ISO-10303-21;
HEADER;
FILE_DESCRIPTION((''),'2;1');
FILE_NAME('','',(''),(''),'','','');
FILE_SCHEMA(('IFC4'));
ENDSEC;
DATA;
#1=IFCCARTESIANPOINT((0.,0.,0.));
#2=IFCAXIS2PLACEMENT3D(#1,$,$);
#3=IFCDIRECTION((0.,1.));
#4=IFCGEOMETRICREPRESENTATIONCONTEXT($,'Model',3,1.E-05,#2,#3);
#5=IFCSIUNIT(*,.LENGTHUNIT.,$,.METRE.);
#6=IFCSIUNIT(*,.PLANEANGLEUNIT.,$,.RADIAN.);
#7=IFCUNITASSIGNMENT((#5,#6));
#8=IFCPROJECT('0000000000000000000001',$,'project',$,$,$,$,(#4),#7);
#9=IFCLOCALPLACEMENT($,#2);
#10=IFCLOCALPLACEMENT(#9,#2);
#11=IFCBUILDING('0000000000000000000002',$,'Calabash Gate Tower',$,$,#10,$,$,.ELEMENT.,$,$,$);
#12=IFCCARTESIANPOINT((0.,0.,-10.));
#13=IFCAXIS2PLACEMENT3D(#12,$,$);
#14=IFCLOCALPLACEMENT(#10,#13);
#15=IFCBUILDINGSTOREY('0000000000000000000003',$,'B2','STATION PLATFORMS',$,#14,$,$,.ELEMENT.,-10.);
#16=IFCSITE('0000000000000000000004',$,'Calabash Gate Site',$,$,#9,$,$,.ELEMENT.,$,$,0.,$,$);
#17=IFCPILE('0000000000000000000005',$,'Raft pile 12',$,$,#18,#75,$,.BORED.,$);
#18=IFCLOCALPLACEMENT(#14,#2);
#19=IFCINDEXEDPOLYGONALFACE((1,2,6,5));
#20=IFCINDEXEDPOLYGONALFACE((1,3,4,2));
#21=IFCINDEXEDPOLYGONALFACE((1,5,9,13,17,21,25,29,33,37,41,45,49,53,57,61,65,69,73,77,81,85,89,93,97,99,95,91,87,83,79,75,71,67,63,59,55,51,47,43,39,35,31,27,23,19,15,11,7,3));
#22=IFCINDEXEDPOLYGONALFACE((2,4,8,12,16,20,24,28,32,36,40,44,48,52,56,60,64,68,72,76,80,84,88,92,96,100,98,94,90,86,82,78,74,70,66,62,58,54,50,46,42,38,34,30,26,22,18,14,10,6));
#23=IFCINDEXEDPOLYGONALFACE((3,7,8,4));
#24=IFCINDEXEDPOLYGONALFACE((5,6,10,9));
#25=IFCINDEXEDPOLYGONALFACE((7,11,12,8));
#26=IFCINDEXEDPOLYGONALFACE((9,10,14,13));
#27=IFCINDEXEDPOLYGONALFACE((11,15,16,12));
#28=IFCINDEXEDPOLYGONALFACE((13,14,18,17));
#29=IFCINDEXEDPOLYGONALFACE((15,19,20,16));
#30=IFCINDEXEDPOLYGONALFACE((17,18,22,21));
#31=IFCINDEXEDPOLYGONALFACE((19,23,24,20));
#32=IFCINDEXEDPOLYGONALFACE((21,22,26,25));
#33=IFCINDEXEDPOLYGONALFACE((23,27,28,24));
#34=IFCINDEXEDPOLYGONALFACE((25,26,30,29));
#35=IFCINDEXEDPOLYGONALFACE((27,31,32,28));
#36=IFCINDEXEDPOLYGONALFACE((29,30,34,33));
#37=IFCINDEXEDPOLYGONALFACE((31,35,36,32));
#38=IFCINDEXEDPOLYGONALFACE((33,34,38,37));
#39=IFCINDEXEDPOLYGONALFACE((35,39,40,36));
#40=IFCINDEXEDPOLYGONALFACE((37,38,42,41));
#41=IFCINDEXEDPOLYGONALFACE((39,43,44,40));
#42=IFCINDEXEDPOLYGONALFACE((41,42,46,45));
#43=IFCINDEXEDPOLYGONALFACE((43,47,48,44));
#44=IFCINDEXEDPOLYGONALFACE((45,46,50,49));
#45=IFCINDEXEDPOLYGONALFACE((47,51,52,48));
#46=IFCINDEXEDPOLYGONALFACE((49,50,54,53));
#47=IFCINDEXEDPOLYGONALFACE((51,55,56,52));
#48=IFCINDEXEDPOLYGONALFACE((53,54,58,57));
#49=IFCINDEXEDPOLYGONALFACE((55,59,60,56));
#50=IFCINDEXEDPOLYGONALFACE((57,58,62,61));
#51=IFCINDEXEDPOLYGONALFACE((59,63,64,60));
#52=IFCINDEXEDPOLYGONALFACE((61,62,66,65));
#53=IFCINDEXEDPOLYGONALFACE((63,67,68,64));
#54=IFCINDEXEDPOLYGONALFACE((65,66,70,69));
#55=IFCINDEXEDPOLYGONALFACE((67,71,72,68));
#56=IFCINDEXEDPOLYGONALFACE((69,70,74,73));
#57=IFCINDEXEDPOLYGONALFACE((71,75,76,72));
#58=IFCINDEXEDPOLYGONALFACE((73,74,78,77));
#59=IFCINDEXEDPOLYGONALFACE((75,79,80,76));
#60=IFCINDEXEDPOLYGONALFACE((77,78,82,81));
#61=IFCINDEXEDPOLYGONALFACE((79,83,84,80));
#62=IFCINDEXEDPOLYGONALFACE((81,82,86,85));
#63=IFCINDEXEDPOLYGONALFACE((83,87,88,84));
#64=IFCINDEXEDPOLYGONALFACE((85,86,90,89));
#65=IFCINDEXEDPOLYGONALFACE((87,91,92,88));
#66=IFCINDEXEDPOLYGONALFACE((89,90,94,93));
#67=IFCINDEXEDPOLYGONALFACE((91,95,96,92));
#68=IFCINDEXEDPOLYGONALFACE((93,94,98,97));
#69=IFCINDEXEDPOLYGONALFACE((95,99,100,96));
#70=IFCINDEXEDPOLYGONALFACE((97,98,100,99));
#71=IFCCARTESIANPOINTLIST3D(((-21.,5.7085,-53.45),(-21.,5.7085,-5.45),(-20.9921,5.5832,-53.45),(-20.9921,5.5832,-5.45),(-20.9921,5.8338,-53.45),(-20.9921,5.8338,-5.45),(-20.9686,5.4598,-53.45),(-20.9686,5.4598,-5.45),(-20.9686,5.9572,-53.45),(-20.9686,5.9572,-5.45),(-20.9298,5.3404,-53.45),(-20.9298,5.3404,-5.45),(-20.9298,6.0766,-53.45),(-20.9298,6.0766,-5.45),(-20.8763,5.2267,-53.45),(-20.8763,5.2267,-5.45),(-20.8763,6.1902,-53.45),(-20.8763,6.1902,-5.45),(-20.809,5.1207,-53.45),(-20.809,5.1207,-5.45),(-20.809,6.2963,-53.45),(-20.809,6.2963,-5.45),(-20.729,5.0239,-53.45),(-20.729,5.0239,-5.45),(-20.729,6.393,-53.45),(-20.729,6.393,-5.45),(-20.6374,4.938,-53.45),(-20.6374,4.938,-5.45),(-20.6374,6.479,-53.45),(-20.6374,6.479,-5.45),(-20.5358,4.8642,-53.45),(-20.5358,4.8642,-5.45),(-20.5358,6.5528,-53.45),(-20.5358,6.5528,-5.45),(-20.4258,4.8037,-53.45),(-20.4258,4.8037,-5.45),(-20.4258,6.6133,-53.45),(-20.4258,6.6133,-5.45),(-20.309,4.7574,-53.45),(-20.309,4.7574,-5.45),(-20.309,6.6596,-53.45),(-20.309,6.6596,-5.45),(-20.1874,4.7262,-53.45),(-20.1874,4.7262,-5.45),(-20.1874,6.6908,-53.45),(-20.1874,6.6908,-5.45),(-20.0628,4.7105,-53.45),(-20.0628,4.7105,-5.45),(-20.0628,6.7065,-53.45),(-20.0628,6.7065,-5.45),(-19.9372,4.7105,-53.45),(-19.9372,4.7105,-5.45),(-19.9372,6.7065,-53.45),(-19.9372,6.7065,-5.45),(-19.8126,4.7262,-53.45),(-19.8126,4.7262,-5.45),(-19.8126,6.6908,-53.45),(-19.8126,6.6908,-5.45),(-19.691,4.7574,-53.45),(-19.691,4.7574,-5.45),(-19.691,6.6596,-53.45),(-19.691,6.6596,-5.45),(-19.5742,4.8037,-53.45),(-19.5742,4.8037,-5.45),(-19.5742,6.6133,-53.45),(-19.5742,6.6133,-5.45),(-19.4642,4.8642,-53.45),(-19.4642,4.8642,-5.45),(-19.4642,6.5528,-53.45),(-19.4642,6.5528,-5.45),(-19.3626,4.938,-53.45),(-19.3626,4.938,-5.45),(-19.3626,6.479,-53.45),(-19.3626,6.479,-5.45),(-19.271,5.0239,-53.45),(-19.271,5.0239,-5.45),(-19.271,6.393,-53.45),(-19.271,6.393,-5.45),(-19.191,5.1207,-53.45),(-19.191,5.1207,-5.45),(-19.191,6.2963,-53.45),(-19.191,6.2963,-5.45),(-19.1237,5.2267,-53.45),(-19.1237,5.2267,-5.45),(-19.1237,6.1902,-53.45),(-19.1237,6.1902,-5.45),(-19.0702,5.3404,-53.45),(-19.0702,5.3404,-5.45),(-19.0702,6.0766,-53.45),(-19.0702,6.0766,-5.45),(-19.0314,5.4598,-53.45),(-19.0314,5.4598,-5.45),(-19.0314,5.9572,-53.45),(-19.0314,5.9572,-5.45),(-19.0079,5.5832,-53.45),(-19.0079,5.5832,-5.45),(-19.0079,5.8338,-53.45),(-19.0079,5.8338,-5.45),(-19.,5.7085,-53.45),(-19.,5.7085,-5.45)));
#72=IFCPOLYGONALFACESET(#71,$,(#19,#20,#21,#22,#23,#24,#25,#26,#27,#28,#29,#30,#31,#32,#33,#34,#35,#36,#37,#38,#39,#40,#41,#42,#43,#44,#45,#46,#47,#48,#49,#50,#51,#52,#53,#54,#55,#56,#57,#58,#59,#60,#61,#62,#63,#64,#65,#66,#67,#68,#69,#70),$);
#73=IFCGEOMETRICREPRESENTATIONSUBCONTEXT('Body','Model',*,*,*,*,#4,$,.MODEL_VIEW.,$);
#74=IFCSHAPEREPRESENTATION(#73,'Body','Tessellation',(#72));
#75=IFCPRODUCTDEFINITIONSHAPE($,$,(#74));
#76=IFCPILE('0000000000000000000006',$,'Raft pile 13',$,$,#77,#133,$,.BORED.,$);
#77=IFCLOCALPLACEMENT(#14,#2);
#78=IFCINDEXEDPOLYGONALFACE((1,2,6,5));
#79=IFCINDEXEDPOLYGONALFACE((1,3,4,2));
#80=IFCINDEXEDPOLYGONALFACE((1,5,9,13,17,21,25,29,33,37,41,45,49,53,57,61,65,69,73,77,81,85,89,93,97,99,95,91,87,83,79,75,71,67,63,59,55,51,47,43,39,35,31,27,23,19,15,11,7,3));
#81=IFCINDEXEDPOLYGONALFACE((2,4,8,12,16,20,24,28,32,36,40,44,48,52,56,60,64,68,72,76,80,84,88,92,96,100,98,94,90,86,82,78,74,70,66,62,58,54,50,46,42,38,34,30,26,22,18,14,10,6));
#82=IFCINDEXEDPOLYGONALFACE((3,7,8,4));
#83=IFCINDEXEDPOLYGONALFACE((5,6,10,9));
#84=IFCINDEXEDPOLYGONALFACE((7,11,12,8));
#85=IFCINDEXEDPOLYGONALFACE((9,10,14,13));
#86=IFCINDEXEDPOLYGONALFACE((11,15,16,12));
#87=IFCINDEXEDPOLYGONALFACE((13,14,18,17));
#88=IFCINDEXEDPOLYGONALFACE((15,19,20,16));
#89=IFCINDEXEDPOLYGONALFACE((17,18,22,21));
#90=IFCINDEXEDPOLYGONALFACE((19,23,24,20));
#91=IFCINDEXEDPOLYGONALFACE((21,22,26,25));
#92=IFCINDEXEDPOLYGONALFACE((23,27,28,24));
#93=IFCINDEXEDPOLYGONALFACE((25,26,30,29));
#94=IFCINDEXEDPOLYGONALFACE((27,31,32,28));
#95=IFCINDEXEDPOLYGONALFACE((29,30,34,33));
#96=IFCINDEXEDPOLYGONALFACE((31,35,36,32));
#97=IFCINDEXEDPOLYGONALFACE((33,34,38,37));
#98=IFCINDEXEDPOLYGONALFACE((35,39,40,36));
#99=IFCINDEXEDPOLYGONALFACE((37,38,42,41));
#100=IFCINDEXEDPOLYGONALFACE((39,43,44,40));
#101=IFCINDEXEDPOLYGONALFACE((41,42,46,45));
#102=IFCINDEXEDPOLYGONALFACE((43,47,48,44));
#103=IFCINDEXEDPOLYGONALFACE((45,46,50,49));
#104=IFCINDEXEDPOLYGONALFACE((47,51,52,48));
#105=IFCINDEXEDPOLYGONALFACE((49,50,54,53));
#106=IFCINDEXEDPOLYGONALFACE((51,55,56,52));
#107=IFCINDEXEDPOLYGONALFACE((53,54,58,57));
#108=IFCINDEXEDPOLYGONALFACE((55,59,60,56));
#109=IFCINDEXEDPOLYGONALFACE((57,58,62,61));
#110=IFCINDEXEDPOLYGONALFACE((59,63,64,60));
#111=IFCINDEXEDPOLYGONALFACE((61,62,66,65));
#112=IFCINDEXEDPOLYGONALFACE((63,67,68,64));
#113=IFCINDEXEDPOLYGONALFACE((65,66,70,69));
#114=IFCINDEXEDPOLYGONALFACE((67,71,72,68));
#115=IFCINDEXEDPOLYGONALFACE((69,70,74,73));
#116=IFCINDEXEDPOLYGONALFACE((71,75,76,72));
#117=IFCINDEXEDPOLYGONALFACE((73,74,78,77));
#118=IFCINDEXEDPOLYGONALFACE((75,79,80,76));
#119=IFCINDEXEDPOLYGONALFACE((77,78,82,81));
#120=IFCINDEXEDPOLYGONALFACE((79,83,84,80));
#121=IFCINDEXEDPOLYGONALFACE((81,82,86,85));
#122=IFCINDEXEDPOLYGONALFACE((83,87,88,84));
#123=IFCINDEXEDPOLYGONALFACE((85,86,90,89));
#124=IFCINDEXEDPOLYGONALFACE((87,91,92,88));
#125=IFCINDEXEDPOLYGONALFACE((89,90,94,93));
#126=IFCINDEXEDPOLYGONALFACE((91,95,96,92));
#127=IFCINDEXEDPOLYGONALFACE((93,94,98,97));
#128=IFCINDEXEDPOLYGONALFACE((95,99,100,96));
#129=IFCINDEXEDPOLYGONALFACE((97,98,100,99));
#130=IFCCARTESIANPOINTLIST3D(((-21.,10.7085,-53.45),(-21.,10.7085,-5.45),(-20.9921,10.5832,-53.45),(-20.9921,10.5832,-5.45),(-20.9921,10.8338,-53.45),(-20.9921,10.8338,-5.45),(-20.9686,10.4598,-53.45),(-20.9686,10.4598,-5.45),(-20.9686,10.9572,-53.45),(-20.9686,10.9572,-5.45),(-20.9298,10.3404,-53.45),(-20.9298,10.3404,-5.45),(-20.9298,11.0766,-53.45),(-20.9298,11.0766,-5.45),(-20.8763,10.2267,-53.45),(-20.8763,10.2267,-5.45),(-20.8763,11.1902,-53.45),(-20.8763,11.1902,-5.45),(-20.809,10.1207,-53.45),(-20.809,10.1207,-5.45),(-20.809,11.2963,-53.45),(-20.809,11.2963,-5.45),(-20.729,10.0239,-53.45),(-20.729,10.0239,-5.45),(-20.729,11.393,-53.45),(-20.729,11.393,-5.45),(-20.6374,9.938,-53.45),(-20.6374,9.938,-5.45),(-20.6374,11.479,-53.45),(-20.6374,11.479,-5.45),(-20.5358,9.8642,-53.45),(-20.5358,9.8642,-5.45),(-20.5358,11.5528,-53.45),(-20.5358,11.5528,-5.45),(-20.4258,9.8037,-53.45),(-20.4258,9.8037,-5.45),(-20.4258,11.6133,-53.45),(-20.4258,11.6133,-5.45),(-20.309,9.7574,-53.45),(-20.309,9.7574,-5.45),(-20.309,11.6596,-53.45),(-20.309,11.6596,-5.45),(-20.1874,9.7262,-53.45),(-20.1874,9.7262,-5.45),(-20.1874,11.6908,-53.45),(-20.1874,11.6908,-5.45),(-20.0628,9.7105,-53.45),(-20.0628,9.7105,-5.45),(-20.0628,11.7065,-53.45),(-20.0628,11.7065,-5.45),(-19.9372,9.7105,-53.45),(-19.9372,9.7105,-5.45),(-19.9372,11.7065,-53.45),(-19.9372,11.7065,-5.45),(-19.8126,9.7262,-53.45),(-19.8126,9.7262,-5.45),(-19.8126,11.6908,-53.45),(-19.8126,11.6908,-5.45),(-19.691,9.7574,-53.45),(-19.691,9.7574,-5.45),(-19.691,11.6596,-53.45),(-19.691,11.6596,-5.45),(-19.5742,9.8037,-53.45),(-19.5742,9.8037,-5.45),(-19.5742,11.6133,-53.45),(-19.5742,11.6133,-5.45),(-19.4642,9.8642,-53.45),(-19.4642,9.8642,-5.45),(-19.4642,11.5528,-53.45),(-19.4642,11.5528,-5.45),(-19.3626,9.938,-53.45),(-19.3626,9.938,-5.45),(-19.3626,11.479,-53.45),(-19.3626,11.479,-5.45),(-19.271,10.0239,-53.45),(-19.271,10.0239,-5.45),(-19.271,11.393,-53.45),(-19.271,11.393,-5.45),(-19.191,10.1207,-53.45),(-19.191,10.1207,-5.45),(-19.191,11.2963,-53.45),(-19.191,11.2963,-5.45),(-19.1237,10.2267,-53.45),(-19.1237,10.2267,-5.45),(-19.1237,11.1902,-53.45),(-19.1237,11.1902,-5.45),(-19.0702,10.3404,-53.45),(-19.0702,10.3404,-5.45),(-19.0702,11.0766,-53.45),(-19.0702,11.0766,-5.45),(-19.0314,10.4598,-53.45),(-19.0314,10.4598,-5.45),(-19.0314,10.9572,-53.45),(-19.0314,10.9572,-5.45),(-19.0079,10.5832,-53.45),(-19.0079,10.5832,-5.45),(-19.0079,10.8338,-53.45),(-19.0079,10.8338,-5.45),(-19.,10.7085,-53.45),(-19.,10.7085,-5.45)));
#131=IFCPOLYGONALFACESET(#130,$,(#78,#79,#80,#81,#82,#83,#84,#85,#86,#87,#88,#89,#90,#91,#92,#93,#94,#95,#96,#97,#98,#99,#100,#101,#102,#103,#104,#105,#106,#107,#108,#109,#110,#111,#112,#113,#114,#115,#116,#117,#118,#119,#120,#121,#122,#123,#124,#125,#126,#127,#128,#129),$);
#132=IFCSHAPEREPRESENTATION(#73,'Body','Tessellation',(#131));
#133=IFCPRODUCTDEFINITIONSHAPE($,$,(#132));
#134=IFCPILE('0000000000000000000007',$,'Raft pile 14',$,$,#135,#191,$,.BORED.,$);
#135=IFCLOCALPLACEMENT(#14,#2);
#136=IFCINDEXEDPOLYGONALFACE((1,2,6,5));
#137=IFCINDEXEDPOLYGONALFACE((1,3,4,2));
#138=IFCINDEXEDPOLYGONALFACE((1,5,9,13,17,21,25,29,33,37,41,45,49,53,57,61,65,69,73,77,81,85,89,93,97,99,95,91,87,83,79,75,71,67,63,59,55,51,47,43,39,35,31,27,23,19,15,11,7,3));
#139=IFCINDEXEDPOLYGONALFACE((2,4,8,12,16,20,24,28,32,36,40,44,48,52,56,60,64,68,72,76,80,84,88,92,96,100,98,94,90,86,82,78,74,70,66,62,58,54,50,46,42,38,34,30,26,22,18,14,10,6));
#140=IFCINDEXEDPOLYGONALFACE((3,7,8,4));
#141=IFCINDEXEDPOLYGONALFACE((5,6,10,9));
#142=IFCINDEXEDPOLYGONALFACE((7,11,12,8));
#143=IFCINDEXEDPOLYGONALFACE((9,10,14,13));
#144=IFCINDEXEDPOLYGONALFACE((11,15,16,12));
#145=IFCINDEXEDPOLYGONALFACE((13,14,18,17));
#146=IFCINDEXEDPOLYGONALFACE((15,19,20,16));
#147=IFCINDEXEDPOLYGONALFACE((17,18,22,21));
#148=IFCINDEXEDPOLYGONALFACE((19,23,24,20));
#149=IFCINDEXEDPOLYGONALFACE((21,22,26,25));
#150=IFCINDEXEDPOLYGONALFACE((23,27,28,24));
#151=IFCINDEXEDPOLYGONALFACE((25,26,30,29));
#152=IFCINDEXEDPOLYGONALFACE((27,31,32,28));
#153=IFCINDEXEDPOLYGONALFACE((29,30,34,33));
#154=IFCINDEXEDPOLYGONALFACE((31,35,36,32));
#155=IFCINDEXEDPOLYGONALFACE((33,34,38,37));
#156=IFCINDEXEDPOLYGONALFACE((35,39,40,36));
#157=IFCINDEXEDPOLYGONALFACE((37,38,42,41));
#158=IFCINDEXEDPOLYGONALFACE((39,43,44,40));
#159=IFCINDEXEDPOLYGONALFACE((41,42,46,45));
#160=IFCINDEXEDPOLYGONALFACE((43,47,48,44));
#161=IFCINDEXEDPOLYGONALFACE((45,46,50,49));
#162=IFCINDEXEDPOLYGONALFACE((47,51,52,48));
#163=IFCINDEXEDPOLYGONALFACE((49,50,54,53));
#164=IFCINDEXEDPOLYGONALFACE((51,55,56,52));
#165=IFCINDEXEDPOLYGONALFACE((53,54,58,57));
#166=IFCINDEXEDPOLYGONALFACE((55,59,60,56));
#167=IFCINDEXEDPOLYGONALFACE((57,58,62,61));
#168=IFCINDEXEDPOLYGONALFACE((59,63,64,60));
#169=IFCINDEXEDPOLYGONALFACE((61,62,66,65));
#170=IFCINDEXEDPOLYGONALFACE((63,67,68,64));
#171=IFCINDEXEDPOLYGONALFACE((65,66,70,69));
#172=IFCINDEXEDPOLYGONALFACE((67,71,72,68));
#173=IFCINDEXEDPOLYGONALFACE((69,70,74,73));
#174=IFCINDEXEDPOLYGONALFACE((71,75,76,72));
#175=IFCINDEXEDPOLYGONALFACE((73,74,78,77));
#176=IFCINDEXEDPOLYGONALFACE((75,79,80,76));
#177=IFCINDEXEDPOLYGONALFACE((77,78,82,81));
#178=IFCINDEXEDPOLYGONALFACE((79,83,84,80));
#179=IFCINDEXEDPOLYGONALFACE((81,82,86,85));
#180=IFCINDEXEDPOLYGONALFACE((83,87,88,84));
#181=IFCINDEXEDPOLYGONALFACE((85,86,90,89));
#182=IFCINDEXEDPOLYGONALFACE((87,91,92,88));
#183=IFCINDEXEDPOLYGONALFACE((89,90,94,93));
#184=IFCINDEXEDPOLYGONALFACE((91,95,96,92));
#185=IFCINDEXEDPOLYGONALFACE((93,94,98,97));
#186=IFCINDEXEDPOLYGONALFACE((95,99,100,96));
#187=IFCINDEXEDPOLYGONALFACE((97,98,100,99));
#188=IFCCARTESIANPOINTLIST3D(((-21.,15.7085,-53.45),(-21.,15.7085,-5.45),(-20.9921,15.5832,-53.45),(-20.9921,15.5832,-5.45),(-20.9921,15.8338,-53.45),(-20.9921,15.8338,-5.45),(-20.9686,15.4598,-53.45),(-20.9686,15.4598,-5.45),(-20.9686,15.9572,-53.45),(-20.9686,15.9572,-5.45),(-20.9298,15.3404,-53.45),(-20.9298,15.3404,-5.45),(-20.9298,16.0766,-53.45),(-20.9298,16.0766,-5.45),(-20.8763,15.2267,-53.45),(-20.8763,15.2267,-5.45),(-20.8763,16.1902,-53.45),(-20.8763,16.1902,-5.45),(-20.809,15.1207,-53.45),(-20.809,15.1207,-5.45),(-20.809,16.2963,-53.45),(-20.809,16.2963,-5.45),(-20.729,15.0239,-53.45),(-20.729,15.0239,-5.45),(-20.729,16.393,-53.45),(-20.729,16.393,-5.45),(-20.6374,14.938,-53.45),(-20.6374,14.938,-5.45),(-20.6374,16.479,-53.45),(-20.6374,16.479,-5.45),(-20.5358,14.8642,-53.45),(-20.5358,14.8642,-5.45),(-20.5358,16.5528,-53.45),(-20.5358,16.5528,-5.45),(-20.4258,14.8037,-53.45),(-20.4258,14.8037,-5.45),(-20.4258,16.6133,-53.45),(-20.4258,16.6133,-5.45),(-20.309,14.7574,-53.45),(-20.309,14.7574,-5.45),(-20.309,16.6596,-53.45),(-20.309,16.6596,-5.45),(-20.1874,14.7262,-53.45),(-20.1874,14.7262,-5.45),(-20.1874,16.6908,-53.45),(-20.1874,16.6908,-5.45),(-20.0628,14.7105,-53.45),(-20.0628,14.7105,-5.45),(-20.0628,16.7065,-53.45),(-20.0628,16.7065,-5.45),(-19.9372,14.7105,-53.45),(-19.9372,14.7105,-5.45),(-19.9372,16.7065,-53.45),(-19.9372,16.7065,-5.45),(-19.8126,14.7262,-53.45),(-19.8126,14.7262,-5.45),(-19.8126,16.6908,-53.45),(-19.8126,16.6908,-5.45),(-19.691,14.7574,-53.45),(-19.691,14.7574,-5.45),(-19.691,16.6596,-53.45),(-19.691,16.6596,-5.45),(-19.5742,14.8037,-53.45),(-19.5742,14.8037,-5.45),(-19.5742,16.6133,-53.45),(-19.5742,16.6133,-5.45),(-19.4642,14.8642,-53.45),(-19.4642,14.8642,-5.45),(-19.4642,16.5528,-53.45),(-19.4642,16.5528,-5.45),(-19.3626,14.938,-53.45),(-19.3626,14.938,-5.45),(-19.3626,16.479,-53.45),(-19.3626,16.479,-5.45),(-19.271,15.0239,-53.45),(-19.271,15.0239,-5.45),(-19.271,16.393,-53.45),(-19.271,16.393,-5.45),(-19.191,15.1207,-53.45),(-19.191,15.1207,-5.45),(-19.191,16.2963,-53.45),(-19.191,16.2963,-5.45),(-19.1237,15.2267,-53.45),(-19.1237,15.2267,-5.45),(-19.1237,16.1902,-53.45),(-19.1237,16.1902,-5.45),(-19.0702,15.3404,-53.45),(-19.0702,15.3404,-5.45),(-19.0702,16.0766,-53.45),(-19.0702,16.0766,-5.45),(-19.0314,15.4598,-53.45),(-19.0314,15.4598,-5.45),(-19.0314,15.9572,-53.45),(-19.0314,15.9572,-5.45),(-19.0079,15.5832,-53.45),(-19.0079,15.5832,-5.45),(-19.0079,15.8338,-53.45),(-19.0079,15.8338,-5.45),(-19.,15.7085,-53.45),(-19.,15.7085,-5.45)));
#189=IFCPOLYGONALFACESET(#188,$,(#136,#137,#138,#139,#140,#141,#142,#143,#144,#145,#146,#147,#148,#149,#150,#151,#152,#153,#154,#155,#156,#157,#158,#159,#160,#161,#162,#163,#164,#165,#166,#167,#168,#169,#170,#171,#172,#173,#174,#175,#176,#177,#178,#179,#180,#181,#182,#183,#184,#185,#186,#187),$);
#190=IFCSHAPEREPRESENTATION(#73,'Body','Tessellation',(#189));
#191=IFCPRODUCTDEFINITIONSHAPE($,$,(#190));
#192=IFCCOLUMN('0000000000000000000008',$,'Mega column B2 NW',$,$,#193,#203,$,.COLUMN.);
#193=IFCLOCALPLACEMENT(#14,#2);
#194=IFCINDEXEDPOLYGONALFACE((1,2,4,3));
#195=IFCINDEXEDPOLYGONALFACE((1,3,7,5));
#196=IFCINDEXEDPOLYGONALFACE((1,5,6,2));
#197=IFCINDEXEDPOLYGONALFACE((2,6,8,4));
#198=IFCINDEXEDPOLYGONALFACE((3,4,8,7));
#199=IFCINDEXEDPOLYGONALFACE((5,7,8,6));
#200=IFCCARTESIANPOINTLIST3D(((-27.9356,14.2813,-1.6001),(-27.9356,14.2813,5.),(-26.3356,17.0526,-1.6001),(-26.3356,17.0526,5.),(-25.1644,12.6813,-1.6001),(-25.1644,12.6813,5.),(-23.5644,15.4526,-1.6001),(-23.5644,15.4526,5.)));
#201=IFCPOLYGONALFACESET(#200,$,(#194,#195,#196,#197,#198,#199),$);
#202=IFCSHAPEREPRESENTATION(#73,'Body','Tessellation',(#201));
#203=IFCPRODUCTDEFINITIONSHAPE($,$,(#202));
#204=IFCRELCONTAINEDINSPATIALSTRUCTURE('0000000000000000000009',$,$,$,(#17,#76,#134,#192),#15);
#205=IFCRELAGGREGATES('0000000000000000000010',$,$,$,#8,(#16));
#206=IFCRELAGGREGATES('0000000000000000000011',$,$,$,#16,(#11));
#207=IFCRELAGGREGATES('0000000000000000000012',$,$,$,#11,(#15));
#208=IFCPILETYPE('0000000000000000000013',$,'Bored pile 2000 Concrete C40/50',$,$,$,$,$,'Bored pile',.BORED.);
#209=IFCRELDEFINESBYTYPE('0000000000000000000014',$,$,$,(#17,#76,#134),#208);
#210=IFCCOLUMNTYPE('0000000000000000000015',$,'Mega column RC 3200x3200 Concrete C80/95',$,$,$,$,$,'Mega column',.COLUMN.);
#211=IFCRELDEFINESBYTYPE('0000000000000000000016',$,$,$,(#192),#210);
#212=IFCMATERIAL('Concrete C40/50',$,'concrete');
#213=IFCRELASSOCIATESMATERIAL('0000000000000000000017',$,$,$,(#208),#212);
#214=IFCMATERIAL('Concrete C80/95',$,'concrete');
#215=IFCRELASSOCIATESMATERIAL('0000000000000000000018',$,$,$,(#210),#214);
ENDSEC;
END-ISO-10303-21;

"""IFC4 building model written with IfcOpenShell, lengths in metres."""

from ifc_helpers import new_model, si_unit, direction, frame, origin, origin_2d, place, context, subcontext, project, spatial, rectangle, circle, extrude, material, material_profile, profile_set, type_object, element, save


model = new_model("IFC4")

# Units and contexts
model_context = context("Model", 3, precision=1e-05, world=origin(), true_north=direction((0.0, 1.0)))
body_context = subcontext(model_context, "Body", "Model", "MODEL_VIEW")
ifc_project = project(units=[si_unit("LENGTHUNIT", "METRE"), si_unit("PLANEANGLEUNIT", "RADIAN")], contexts=[model_context])

# Site, building, storey
site_placement = place(None, origin())
site = spatial("IfcSite", under=ifc_project, at=site_placement, Name="Calabash Gate Site", CompositionType="ELEMENT", RefElevation=0.0)
building_placement = place(site_placement, origin())
building = spatial("IfcBuilding", under=site, at=building_placement, Name="Calabash Gate Tower", CompositionType="ELEMENT")
storey_placement = place(building_placement, frame((0.0, 0.0, -10.0)))
storey = spatial("IfcBuildingStorey", under=building, at=storey_placement, Name="B2", Description="STATION PLATFORMS", CompositionType="ELEMENT", Elevation=-10.0)

# Piles
ifc_material_1 = material(Name="Concrete C40/50", Category="concrete")
ifc_material_profile_1 = material_profile(ifc_material_1, circle(Radius=1.0, at=origin_2d()))
ifc_profile_set_1 = profile_set([ifc_material_profile_1], Name="Concrete C40/50")
pile_type = type_object("IfcPileType", Name="Bored pile 2000 Concrete C40/50", ElementType="Bored pile", PredefinedType="BORED", material=ifc_profile_set_1)
for number, where, z_axis, x_axis, name in (
    (1, (-20.0, 5.7085, -5.45), (0.0, 0.0, -1.0), (1.0, 0.0, 0.0), "Raft pile 12"),
    (2, (-20.0, 10.7085, -5.45), (0.0, 0.0, -1.0), (1.0, 0.0, 0.0), "Raft pile 13"),
    (3, (-20.0, 15.7085, -5.45), (0.0, 0.0, -1.0), (1.0, 0.0, 0.0), "Raft pile 14"),
):
    element("IfcPile", number, at=place(storey_placement, frame(where, z_axis=z_axis, x_axis=x_axis)), inside=storey, type_object=pile_type, Name=name, PredefinedType="BORED", context=body_context, shape_type="SweptSolid", body=[
        extrude(circle(Radius=1.0, at=origin_2d()), origin(), (0.0, 0.0, 1.0), 48.0),
    ])

# Column
ifc_material_2 = material(Name="Concrete C80/95", Category="concrete")
ifc_material_profile_2 = material_profile(ifc_material_2, rectangle(XDim=3.2, YDim=3.2, at=origin_2d()))
ifc_profile_set_2 = profile_set([ifc_material_profile_2], Name="Concrete C80/95")
column_type_1 = type_object("IfcColumnType", Name="Mega column RC 3200x3200 Concrete C80/95", ElementType="Mega column", PredefinedType="COLUMN", material=ifc_profile_set_2)
column_1_placement = place(storey_placement, frame((-25.75, 14.8669, -1.6001), z_axis=(0.0, 0.0, 1.0), x_axis=(0.866025, -0.5, 0.0)))
element("IfcColumn", 4, at=column_1_placement, inside=storey, type_object=column_type_1, Name="Mega column B2 NW", PredefinedType="COLUMN", context=body_context, shape_type="SweptSolid", body=[
    extrude(rectangle(XDim=3.2, YDim=3.2, at=origin_2d()), origin(), (0.0, 0.0, 1.0), 6.6001),
])

save(model, "model.ifc")
